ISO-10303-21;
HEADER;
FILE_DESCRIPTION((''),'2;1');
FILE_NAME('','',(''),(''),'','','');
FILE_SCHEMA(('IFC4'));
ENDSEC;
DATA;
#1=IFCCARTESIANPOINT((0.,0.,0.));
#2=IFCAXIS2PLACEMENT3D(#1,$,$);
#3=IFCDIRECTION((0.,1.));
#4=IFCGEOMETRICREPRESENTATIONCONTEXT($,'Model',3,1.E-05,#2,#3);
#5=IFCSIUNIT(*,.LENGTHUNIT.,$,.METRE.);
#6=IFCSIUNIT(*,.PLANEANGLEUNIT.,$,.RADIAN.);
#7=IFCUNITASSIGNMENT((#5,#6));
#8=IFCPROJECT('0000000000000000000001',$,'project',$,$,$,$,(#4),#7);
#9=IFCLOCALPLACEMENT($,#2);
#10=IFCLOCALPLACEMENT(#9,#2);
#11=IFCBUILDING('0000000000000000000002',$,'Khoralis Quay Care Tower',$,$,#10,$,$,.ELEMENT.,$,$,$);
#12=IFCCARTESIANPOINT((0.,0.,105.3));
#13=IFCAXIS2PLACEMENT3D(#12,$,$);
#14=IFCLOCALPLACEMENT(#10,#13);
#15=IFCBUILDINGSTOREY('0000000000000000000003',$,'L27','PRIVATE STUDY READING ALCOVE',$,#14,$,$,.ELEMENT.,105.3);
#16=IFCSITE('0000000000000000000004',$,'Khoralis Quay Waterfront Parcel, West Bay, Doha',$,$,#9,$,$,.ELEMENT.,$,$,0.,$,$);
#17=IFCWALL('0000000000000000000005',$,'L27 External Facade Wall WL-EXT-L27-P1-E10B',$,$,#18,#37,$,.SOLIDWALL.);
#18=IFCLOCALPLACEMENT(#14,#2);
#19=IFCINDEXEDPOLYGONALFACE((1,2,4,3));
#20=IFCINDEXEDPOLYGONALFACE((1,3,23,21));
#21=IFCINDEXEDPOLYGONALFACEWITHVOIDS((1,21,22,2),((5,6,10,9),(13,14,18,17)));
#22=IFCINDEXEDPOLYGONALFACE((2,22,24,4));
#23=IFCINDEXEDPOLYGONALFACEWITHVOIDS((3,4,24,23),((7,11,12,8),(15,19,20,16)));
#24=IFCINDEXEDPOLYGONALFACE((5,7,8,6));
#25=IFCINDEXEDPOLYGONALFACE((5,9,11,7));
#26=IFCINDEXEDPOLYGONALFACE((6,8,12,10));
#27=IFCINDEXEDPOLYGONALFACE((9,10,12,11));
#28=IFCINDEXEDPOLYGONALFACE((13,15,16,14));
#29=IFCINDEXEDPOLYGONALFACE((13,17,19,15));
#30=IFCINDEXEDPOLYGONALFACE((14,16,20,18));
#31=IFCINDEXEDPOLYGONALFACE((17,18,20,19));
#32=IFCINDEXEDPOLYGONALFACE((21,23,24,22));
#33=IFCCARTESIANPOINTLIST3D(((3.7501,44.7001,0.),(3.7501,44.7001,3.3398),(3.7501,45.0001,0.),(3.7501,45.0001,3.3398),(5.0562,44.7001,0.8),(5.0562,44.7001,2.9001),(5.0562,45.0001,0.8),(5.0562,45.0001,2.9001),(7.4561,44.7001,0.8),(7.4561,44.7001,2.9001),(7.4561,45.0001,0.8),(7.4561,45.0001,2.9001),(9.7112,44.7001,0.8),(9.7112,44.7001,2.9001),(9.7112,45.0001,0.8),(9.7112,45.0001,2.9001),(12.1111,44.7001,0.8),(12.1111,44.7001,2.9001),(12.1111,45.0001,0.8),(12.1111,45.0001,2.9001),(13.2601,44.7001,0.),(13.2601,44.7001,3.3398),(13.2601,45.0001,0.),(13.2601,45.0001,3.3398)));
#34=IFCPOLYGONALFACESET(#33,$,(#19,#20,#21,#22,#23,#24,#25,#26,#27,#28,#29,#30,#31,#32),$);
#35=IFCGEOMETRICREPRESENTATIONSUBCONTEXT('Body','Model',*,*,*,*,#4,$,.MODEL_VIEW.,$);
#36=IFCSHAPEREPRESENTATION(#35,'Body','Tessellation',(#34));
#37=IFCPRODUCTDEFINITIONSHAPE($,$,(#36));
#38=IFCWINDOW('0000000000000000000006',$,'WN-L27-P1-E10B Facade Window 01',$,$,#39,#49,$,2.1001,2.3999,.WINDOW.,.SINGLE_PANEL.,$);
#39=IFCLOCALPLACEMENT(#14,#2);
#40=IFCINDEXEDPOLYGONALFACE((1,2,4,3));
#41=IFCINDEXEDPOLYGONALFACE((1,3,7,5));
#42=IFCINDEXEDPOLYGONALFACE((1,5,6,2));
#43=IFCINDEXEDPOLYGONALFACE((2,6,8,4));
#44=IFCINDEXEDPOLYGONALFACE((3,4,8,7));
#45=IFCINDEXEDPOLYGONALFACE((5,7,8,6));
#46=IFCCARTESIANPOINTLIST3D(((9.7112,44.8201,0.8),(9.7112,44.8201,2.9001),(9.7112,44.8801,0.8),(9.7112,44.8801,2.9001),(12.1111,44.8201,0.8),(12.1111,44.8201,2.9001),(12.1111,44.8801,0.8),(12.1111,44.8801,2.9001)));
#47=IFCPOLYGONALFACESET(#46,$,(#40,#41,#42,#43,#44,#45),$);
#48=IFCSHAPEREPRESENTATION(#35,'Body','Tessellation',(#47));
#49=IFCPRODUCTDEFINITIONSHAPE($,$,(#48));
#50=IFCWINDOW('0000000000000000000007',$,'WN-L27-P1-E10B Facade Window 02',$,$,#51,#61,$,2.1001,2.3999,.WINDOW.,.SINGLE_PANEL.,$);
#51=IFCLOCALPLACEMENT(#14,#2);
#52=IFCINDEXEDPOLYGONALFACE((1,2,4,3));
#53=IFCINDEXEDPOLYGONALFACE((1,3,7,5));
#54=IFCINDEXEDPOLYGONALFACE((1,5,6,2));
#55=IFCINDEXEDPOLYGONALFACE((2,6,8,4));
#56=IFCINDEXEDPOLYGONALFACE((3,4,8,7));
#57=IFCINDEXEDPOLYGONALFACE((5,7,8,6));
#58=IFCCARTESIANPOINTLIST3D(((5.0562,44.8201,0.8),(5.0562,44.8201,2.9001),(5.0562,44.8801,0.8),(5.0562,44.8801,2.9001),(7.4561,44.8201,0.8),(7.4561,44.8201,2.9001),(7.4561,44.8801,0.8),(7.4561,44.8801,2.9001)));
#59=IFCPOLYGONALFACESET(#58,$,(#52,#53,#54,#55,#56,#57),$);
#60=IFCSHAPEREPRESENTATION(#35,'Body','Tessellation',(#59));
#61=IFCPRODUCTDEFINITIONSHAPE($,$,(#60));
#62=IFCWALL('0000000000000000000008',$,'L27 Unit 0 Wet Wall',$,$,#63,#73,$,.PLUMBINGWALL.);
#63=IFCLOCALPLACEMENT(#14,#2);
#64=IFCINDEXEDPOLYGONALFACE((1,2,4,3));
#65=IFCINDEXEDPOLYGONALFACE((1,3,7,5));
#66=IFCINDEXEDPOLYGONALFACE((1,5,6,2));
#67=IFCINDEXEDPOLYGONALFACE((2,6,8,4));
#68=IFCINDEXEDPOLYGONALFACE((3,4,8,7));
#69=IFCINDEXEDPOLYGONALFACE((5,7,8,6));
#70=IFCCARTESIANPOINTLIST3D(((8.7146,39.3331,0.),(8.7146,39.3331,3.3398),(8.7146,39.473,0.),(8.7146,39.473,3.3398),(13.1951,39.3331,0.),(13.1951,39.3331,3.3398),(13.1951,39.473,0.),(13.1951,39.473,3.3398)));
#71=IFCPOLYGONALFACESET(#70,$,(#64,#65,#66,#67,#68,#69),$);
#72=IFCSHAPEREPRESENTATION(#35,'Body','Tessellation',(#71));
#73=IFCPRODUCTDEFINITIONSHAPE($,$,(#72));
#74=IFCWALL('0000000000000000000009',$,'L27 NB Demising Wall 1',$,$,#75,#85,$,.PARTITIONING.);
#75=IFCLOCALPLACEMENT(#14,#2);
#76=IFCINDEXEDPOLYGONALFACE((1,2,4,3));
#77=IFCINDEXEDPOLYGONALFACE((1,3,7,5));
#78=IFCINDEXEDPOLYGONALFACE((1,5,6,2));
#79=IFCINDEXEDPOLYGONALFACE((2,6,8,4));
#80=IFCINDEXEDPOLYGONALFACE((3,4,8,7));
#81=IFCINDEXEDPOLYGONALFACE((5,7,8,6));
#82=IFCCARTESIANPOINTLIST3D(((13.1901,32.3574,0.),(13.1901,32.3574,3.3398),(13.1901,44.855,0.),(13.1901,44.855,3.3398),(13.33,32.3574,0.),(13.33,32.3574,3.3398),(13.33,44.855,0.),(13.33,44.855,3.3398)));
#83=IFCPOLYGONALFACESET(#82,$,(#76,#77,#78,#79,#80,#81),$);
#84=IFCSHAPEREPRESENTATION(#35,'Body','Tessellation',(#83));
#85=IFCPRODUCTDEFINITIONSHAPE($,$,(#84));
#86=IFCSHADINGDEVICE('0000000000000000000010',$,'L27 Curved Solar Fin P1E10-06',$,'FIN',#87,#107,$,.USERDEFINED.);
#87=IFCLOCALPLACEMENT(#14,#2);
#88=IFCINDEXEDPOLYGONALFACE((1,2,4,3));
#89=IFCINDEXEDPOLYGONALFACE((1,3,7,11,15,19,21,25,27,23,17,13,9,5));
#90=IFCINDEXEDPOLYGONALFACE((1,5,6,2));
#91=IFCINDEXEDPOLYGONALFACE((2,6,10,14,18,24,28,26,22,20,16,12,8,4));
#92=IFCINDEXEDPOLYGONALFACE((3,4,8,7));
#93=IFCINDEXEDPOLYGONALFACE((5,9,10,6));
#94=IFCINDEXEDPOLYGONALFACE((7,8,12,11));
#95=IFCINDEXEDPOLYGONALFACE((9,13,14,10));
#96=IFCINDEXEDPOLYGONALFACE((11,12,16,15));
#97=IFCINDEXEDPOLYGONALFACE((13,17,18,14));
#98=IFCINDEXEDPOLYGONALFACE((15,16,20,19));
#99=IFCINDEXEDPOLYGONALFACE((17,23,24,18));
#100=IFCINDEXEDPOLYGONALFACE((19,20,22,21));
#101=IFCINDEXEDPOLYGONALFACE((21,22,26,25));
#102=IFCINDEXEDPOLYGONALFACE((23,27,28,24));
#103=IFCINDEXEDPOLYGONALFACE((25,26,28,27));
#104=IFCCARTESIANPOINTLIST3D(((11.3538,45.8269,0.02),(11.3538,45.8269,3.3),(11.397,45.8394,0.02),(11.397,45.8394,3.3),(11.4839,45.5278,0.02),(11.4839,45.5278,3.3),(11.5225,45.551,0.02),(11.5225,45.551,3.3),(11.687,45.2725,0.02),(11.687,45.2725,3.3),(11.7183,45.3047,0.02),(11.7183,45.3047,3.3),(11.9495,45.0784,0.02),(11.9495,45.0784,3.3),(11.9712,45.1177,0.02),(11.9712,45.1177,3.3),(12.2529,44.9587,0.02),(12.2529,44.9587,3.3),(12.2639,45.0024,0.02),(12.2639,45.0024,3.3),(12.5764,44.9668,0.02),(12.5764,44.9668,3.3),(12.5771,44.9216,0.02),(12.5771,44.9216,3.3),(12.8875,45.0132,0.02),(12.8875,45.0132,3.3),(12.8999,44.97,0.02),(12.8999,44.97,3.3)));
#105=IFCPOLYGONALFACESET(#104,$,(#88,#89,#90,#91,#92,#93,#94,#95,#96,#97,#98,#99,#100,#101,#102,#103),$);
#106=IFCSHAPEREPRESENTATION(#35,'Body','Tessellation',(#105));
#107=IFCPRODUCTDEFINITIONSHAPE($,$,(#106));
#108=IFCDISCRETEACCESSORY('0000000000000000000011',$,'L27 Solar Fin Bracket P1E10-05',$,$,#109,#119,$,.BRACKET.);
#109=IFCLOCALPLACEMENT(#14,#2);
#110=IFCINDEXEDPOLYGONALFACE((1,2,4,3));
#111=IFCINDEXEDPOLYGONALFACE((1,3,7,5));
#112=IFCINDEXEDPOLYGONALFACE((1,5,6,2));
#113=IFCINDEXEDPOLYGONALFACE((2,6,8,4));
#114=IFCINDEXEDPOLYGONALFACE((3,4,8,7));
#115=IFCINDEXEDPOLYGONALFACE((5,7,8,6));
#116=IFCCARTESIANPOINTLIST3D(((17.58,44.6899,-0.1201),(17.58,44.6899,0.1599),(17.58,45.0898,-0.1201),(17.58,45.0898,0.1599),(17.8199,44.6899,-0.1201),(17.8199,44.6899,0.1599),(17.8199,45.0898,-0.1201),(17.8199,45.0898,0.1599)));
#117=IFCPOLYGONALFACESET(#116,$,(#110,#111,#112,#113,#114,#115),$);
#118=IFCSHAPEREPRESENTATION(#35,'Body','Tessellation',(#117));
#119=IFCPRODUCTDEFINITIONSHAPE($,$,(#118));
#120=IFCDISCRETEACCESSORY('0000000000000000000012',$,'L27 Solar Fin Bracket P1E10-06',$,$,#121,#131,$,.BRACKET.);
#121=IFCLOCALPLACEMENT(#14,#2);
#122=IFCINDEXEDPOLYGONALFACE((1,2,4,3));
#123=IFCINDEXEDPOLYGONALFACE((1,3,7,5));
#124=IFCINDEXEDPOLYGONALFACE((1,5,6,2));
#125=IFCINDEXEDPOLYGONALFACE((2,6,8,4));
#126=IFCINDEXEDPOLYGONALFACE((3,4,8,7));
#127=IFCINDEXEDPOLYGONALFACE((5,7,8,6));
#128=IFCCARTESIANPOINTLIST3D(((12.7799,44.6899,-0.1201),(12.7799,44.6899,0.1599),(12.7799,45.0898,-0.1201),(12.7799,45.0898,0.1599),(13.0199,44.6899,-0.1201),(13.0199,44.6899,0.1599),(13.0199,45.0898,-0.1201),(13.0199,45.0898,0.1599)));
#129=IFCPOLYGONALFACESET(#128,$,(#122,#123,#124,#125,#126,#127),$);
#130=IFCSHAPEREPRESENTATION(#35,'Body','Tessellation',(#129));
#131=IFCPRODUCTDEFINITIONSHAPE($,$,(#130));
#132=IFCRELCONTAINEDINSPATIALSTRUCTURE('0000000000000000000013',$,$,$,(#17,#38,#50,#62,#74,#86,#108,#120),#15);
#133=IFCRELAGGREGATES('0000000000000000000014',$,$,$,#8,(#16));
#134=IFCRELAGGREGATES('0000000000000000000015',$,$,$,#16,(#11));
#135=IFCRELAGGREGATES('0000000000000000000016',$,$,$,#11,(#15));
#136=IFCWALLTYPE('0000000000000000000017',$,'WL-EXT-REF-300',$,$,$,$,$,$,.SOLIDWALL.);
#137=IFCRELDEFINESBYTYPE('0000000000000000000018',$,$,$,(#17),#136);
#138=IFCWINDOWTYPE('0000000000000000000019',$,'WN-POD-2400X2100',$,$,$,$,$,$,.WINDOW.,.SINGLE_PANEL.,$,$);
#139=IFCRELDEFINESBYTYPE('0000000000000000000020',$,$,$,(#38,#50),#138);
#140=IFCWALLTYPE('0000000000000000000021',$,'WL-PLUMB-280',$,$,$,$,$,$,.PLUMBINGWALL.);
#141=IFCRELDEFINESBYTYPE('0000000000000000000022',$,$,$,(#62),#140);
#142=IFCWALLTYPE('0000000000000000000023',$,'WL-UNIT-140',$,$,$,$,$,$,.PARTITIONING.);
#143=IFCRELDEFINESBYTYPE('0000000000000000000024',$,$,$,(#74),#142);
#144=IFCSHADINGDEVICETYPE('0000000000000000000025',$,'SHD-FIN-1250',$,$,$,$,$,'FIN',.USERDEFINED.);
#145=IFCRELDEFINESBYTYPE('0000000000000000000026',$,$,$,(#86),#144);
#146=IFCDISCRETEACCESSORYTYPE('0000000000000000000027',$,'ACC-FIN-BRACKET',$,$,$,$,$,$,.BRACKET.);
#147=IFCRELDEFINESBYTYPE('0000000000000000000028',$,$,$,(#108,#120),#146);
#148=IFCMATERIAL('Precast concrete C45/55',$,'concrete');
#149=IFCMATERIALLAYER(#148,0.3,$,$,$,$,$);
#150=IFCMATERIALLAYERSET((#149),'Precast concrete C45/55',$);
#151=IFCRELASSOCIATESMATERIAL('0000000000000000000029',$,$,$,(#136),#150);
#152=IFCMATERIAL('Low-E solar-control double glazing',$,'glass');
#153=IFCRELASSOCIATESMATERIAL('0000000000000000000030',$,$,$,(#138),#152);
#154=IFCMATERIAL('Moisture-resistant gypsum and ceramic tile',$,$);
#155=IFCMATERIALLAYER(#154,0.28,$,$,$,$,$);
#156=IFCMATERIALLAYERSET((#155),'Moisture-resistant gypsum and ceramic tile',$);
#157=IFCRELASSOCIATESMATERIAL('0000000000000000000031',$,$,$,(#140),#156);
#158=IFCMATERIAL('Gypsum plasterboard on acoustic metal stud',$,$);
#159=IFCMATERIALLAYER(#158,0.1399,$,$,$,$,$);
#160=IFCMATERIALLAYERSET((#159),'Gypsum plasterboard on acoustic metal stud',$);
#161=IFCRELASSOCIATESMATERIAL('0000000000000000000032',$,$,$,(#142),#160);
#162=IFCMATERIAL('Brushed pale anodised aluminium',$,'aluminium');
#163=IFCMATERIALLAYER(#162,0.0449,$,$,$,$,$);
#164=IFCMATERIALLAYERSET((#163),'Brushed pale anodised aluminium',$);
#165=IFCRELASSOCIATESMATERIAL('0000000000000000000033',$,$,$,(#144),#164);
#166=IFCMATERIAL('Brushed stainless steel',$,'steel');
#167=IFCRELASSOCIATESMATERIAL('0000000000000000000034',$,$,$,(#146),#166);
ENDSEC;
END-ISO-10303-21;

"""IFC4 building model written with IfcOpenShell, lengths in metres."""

from ifc_helpers import new_model, si_unit, direction, frame, frame_2d, origin, origin_2d, place, context, subcontext, project, spatial, polyline, rectangle, outline, extrude, source, transform, mapped, material, layer, layer_set, type_object, element, fill, save


model = new_model("IFC4")

# Units and contexts
model_context = context("Model", 3, precision=1e-05, world=origin(), true_north=direction((0.0, 1.0)))
body_context = subcontext(model_context, "Body", "Model", "MODEL_VIEW")
ifc_project = project(units=[si_unit("LENGTHUNIT", "METRE"), si_unit("PLANEANGLEUNIT", "RADIAN")], contexts=[model_context])

# Site, building, storey
site_placement = place(None, origin())
site = spatial("IfcSite", under=ifc_project, at=site_placement, Name="Khoralis Quay Waterfront Parcel, West Bay, Doha", CompositionType="ELEMENT", RefElevation=0.0)
building_placement = place(site_placement, origin())
building = spatial("IfcBuilding", under=site, at=building_placement, Name="Khoralis Quay Care Tower", CompositionType="ELEMENT")
storey_placement = place(building_placement, frame((0.0, 0.0, 105.3)))
storey = spatial("IfcBuildingStorey", under=building, at=storey_placement, Name="L27", Description="PRIVATE STUDY READING ALCOVE", CompositionType="ELEMENT", Elevation=105.3)

# Shared definitions
ifc_material_1 = material(Name="Low-E solar-control double glazing", Category="glass")

# Wall, openings, windows
ifc_material_2 = material(Name="Precast concrete C45/55", Category="concrete")
ifc_layer_1 = layer(ifc_material_2, 0.3)
ifc_layer_set_1 = layer_set([ifc_layer_1], Name="Precast concrete C45/55")
wall_type_1 = type_object("IfcWallType", Name="WL-EXT-REF-300", PredefinedType="SOLIDWALL", material=ifc_layer_set_1)
wall_1_placement = place(storey_placement, frame((13.26, 44.8501, 0.0), z_axis=(0.0, 0.0, 1.0), x_axis=(-1.0, 0.0, 0.0)))
wall_1 = element("IfcWall", 1, at=wall_1_placement, inside=storey, type_object=wall_type_1, Name="L27 External Facade Wall WL-EXT-L27-P1-E10B", PredefinedType="SOLIDWALL", context=body_context, shape_type="SweptSolid", body=[
    extrude(rectangle(XDim=9.51, YDim=0.3, at=frame_2d((4.7549, 0.0))), origin(), (0.0, 0.0, 1.0), 3.3398),
])
opening_1_placement = place(wall_1_placement, frame((1.1489, 0.0, 0.8)))
opening_1 = element("IfcOpeningElement", 2, at=opening_1_placement, cuts=wall_1, PredefinedType="OPENING", context=body_context, shape_type="SweptSolid", body=[
    extrude(rectangle(XDim=2.3999, YDim=2.1001, at=frame_2d((1.2, 1.05))), frame((0.0, 0.1602, 0.0), z_axis=(0.0, -1.0, 0.0), x_axis=(1.0, 0.0, 0.0)), (0.0, 0.0, 1.0), 0.3201),
])
opening_2_placement = place(wall_1_placement, frame((5.804, 0.0, 0.8)))
opening_2 = element("IfcOpeningElement", 3, at=opening_2_placement, cuts=wall_1, PredefinedType="OPENING", context=body_context, shape_type="SweptSolid", body=[
    extrude(rectangle(XDim=2.3999, YDim=2.1001, at=frame_2d((1.2, 1.05))), frame((0.0, 0.1602, 0.0), z_axis=(0.0, -1.0, 0.0), x_axis=(1.0, 0.0, 0.0)), (0.0, 0.0, 1.0), 0.3201),
])
window_type = type_object("IfcWindowType", Name="WN-POD-2400X2100", PartitioningType="SINGLE_PANEL", PredefinedType="WINDOW", material=ifc_material_1)
shared_shape_1 = source(origin(), body_context, "Body", "SweptSolid", [
    extrude(rectangle(XDim=2.3999, YDim=2.1001, at=frame_2d((1.2, 1.05))), frame((0.0, 0.03, 0.0), z_axis=(0.0, -1.0, 0.0), x_axis=(1.0, 0.0, 0.0)), (0.0, 0.0, 1.0), 0.0601),
])
window_1_placement = place(opening_1_placement, origin())
window_1 = element("IfcWindow", 4, at=window_1_placement, inside=storey, type_object=window_type, Name="WN-L27-P1-E10B Facade Window 01", OverallHeight=2.1001, OverallWidth=2.3999, PartitioningType="SINGLE_PANEL", PredefinedType="WINDOW", context=body_context, shape_type="MappedRepresentation", body=[
    mapped(shared_shape_1, transform((0.0, 0.0, 0.0), scale=1.0)),
])
fill(opening_1, window_1)
window_2_placement = place(opening_2_placement, origin())
window_2 = element("IfcWindow", 5, at=window_2_placement, inside=storey, type_object=window_type, Name="WN-L27-P1-E10B Facade Window 02", OverallHeight=2.1001, OverallWidth=2.3999, PartitioningType="SINGLE_PANEL", PredefinedType="WINDOW", context=body_context, shape_type="MappedRepresentation", body=[
    mapped(shared_shape_1, transform((0.0, 0.0, 0.0), scale=1.0)),
])
fill(opening_2, window_2)

# Walls
ifc_material_3 = material(Name="Moisture-resistant gypsum and ceramic tile")
ifc_layer_2 = layer(ifc_material_3, 0.28)
ifc_layer_set_2 = layer_set([ifc_layer_2], Name="Moisture-resistant gypsum and ceramic tile")
wall_type_2 = type_object("IfcWallType", Name="WL-PLUMB-280", PredefinedType="PLUMBINGWALL", material=ifc_layer_set_2)
wall_2_placement = place(storey_placement, frame((8.7146, 39.4031, 0.0), z_axis=(0.0, 0.0, 1.0), x_axis=(1.0, 0.0, 0.0)))
element("IfcWall", 6, at=wall_2_placement, inside=storey, type_object=wall_type_2, Name="L27 Unit 0 Wet Wall", PredefinedType="PLUMBINGWALL", context=body_context, shape_type="SweptSolid", body=[
    extrude(rectangle(XDim=4.4805, YDim=0.1399, at=frame_2d((2.2402, 0.0))), origin(), (0.0, 0.0, 1.0), 3.3398),
])
ifc_material_4 = material(Name="Gypsum plasterboard on acoustic metal stud")
ifc_layer_3 = layer(ifc_material_4, 0.1399)
ifc_layer_set_3 = layer_set([ifc_layer_3], Name="Gypsum plasterboard on acoustic metal stud")
wall_type_3 = type_object("IfcWallType", Name="WL-UNIT-140", PredefinedType="PARTITIONING", material=ifc_layer_set_3)
wall_3_placement = place(storey_placement, frame((13.26, 32.3574, 0.0), z_axis=(0.0, 0.0, 1.0), x_axis=(0.0, 1.0, 0.0)))
element("IfcWall", 7, at=wall_3_placement, inside=storey, type_object=wall_type_3, Name="L27 NB Demising Wall 1", PredefinedType="PARTITIONING", context=body_context, shape_type="SweptSolid", body=[
    extrude(rectangle(XDim=12.4976, YDim=0.1399, at=frame_2d((6.2488, 0.0))), origin(), (0.0, 0.0, 1.0), 3.3398),
])

# Shading device
ifc_material_5 = material(Name="Brushed pale anodised aluminium", Category="aluminium")
ifc_layer_4 = layer(ifc_material_5, 0.0449)
ifc_layer_set_4 = layer_set([ifc_layer_4], Name="Brushed pale anodised aluminium")
shading_device_type = type_object("IfcShadingDeviceType", Name="SHD-FIN-1250", ElementType="FIN", PredefinedType="USERDEFINED", material=ifc_layer_set_4)
shared_shape_2 = source(origin(), body_context, "Body", "SweptSolid", [
    extrude(outline(polyline([(0.0, 0.0), (-0.0483, 0.3228), (-0.0112, 0.647), (0.1084, 0.9504), (0.3025, 1.2129), (0.5579, 1.416), (0.8569, 1.5461), (0.8694, 1.5029), (0.5811, 1.3774), (0.3347, 1.1816), (0.1477, 0.9287), (0.0325, 0.636), (-0.0032, 0.3235), (0.0432, 0.0125), (0.0, 0.0)])), origin(), (0.0, 0.0, 1.0), 3.28),
])
shading_device_placement = place(storey_placement, frame((12.8999, 44.97, 0.02), z_axis=(0.0, 0.0, 1.0), x_axis=(0.0, 1.0, 0.0)))
element("IfcShadingDevice", 8, at=shading_device_placement, inside=storey, type_object=shading_device_type, Name="L27 Curved Solar Fin P1E10-06", ObjectType="FIN", PredefinedType="USERDEFINED", context=body_context, shape_type="MappedRepresentation", body=[
    mapped(shared_shape_2, transform((0.0, 0.0, 0.0), scale=1.0)),
])

# Discrete accessories
ifc_material_6 = material(Name="Brushed stainless steel", Category="steel")
discrete_accessory_type = type_object("IfcDiscreteAccessoryType", Name="ACC-FIN-BRACKET", PredefinedType="BRACKET", material=ifc_material_6)
shared_shape_3 = source(origin(), body_context, "Body", "SweptSolid", [
    extrude(rectangle(XDim=0.3999, YDim=0.24, at=origin_2d()), origin(), (0.0, 0.0, 1.0), 0.28),
])
for number, where, z_axis, x_axis, name in (
    (9, (17.7, 44.8899, -0.1201), (0.0, 0.0, 1.0), (0.0, 1.0, 0.0), "L27 Solar Fin Bracket P1E10-05"),
    (10, (12.8999, 44.8899, -0.1201), (0.0, 0.0, 1.0), (0.0, 1.0, 0.0), "L27 Solar Fin Bracket P1E10-06"),
):
    element("IfcDiscreteAccessory", number, at=place(storey_placement, frame(where, z_axis=z_axis, x_axis=x_axis)), inside=storey, type_object=discrete_accessory_type, Name=name, PredefinedType="BRACKET", context=body_context, shape_type="MappedRepresentation", body=[
        mapped(shared_shape_3, transform((0.0, 0.0, 0.0), scale=1.0)),
    ])

save(model, "model.ifc")
